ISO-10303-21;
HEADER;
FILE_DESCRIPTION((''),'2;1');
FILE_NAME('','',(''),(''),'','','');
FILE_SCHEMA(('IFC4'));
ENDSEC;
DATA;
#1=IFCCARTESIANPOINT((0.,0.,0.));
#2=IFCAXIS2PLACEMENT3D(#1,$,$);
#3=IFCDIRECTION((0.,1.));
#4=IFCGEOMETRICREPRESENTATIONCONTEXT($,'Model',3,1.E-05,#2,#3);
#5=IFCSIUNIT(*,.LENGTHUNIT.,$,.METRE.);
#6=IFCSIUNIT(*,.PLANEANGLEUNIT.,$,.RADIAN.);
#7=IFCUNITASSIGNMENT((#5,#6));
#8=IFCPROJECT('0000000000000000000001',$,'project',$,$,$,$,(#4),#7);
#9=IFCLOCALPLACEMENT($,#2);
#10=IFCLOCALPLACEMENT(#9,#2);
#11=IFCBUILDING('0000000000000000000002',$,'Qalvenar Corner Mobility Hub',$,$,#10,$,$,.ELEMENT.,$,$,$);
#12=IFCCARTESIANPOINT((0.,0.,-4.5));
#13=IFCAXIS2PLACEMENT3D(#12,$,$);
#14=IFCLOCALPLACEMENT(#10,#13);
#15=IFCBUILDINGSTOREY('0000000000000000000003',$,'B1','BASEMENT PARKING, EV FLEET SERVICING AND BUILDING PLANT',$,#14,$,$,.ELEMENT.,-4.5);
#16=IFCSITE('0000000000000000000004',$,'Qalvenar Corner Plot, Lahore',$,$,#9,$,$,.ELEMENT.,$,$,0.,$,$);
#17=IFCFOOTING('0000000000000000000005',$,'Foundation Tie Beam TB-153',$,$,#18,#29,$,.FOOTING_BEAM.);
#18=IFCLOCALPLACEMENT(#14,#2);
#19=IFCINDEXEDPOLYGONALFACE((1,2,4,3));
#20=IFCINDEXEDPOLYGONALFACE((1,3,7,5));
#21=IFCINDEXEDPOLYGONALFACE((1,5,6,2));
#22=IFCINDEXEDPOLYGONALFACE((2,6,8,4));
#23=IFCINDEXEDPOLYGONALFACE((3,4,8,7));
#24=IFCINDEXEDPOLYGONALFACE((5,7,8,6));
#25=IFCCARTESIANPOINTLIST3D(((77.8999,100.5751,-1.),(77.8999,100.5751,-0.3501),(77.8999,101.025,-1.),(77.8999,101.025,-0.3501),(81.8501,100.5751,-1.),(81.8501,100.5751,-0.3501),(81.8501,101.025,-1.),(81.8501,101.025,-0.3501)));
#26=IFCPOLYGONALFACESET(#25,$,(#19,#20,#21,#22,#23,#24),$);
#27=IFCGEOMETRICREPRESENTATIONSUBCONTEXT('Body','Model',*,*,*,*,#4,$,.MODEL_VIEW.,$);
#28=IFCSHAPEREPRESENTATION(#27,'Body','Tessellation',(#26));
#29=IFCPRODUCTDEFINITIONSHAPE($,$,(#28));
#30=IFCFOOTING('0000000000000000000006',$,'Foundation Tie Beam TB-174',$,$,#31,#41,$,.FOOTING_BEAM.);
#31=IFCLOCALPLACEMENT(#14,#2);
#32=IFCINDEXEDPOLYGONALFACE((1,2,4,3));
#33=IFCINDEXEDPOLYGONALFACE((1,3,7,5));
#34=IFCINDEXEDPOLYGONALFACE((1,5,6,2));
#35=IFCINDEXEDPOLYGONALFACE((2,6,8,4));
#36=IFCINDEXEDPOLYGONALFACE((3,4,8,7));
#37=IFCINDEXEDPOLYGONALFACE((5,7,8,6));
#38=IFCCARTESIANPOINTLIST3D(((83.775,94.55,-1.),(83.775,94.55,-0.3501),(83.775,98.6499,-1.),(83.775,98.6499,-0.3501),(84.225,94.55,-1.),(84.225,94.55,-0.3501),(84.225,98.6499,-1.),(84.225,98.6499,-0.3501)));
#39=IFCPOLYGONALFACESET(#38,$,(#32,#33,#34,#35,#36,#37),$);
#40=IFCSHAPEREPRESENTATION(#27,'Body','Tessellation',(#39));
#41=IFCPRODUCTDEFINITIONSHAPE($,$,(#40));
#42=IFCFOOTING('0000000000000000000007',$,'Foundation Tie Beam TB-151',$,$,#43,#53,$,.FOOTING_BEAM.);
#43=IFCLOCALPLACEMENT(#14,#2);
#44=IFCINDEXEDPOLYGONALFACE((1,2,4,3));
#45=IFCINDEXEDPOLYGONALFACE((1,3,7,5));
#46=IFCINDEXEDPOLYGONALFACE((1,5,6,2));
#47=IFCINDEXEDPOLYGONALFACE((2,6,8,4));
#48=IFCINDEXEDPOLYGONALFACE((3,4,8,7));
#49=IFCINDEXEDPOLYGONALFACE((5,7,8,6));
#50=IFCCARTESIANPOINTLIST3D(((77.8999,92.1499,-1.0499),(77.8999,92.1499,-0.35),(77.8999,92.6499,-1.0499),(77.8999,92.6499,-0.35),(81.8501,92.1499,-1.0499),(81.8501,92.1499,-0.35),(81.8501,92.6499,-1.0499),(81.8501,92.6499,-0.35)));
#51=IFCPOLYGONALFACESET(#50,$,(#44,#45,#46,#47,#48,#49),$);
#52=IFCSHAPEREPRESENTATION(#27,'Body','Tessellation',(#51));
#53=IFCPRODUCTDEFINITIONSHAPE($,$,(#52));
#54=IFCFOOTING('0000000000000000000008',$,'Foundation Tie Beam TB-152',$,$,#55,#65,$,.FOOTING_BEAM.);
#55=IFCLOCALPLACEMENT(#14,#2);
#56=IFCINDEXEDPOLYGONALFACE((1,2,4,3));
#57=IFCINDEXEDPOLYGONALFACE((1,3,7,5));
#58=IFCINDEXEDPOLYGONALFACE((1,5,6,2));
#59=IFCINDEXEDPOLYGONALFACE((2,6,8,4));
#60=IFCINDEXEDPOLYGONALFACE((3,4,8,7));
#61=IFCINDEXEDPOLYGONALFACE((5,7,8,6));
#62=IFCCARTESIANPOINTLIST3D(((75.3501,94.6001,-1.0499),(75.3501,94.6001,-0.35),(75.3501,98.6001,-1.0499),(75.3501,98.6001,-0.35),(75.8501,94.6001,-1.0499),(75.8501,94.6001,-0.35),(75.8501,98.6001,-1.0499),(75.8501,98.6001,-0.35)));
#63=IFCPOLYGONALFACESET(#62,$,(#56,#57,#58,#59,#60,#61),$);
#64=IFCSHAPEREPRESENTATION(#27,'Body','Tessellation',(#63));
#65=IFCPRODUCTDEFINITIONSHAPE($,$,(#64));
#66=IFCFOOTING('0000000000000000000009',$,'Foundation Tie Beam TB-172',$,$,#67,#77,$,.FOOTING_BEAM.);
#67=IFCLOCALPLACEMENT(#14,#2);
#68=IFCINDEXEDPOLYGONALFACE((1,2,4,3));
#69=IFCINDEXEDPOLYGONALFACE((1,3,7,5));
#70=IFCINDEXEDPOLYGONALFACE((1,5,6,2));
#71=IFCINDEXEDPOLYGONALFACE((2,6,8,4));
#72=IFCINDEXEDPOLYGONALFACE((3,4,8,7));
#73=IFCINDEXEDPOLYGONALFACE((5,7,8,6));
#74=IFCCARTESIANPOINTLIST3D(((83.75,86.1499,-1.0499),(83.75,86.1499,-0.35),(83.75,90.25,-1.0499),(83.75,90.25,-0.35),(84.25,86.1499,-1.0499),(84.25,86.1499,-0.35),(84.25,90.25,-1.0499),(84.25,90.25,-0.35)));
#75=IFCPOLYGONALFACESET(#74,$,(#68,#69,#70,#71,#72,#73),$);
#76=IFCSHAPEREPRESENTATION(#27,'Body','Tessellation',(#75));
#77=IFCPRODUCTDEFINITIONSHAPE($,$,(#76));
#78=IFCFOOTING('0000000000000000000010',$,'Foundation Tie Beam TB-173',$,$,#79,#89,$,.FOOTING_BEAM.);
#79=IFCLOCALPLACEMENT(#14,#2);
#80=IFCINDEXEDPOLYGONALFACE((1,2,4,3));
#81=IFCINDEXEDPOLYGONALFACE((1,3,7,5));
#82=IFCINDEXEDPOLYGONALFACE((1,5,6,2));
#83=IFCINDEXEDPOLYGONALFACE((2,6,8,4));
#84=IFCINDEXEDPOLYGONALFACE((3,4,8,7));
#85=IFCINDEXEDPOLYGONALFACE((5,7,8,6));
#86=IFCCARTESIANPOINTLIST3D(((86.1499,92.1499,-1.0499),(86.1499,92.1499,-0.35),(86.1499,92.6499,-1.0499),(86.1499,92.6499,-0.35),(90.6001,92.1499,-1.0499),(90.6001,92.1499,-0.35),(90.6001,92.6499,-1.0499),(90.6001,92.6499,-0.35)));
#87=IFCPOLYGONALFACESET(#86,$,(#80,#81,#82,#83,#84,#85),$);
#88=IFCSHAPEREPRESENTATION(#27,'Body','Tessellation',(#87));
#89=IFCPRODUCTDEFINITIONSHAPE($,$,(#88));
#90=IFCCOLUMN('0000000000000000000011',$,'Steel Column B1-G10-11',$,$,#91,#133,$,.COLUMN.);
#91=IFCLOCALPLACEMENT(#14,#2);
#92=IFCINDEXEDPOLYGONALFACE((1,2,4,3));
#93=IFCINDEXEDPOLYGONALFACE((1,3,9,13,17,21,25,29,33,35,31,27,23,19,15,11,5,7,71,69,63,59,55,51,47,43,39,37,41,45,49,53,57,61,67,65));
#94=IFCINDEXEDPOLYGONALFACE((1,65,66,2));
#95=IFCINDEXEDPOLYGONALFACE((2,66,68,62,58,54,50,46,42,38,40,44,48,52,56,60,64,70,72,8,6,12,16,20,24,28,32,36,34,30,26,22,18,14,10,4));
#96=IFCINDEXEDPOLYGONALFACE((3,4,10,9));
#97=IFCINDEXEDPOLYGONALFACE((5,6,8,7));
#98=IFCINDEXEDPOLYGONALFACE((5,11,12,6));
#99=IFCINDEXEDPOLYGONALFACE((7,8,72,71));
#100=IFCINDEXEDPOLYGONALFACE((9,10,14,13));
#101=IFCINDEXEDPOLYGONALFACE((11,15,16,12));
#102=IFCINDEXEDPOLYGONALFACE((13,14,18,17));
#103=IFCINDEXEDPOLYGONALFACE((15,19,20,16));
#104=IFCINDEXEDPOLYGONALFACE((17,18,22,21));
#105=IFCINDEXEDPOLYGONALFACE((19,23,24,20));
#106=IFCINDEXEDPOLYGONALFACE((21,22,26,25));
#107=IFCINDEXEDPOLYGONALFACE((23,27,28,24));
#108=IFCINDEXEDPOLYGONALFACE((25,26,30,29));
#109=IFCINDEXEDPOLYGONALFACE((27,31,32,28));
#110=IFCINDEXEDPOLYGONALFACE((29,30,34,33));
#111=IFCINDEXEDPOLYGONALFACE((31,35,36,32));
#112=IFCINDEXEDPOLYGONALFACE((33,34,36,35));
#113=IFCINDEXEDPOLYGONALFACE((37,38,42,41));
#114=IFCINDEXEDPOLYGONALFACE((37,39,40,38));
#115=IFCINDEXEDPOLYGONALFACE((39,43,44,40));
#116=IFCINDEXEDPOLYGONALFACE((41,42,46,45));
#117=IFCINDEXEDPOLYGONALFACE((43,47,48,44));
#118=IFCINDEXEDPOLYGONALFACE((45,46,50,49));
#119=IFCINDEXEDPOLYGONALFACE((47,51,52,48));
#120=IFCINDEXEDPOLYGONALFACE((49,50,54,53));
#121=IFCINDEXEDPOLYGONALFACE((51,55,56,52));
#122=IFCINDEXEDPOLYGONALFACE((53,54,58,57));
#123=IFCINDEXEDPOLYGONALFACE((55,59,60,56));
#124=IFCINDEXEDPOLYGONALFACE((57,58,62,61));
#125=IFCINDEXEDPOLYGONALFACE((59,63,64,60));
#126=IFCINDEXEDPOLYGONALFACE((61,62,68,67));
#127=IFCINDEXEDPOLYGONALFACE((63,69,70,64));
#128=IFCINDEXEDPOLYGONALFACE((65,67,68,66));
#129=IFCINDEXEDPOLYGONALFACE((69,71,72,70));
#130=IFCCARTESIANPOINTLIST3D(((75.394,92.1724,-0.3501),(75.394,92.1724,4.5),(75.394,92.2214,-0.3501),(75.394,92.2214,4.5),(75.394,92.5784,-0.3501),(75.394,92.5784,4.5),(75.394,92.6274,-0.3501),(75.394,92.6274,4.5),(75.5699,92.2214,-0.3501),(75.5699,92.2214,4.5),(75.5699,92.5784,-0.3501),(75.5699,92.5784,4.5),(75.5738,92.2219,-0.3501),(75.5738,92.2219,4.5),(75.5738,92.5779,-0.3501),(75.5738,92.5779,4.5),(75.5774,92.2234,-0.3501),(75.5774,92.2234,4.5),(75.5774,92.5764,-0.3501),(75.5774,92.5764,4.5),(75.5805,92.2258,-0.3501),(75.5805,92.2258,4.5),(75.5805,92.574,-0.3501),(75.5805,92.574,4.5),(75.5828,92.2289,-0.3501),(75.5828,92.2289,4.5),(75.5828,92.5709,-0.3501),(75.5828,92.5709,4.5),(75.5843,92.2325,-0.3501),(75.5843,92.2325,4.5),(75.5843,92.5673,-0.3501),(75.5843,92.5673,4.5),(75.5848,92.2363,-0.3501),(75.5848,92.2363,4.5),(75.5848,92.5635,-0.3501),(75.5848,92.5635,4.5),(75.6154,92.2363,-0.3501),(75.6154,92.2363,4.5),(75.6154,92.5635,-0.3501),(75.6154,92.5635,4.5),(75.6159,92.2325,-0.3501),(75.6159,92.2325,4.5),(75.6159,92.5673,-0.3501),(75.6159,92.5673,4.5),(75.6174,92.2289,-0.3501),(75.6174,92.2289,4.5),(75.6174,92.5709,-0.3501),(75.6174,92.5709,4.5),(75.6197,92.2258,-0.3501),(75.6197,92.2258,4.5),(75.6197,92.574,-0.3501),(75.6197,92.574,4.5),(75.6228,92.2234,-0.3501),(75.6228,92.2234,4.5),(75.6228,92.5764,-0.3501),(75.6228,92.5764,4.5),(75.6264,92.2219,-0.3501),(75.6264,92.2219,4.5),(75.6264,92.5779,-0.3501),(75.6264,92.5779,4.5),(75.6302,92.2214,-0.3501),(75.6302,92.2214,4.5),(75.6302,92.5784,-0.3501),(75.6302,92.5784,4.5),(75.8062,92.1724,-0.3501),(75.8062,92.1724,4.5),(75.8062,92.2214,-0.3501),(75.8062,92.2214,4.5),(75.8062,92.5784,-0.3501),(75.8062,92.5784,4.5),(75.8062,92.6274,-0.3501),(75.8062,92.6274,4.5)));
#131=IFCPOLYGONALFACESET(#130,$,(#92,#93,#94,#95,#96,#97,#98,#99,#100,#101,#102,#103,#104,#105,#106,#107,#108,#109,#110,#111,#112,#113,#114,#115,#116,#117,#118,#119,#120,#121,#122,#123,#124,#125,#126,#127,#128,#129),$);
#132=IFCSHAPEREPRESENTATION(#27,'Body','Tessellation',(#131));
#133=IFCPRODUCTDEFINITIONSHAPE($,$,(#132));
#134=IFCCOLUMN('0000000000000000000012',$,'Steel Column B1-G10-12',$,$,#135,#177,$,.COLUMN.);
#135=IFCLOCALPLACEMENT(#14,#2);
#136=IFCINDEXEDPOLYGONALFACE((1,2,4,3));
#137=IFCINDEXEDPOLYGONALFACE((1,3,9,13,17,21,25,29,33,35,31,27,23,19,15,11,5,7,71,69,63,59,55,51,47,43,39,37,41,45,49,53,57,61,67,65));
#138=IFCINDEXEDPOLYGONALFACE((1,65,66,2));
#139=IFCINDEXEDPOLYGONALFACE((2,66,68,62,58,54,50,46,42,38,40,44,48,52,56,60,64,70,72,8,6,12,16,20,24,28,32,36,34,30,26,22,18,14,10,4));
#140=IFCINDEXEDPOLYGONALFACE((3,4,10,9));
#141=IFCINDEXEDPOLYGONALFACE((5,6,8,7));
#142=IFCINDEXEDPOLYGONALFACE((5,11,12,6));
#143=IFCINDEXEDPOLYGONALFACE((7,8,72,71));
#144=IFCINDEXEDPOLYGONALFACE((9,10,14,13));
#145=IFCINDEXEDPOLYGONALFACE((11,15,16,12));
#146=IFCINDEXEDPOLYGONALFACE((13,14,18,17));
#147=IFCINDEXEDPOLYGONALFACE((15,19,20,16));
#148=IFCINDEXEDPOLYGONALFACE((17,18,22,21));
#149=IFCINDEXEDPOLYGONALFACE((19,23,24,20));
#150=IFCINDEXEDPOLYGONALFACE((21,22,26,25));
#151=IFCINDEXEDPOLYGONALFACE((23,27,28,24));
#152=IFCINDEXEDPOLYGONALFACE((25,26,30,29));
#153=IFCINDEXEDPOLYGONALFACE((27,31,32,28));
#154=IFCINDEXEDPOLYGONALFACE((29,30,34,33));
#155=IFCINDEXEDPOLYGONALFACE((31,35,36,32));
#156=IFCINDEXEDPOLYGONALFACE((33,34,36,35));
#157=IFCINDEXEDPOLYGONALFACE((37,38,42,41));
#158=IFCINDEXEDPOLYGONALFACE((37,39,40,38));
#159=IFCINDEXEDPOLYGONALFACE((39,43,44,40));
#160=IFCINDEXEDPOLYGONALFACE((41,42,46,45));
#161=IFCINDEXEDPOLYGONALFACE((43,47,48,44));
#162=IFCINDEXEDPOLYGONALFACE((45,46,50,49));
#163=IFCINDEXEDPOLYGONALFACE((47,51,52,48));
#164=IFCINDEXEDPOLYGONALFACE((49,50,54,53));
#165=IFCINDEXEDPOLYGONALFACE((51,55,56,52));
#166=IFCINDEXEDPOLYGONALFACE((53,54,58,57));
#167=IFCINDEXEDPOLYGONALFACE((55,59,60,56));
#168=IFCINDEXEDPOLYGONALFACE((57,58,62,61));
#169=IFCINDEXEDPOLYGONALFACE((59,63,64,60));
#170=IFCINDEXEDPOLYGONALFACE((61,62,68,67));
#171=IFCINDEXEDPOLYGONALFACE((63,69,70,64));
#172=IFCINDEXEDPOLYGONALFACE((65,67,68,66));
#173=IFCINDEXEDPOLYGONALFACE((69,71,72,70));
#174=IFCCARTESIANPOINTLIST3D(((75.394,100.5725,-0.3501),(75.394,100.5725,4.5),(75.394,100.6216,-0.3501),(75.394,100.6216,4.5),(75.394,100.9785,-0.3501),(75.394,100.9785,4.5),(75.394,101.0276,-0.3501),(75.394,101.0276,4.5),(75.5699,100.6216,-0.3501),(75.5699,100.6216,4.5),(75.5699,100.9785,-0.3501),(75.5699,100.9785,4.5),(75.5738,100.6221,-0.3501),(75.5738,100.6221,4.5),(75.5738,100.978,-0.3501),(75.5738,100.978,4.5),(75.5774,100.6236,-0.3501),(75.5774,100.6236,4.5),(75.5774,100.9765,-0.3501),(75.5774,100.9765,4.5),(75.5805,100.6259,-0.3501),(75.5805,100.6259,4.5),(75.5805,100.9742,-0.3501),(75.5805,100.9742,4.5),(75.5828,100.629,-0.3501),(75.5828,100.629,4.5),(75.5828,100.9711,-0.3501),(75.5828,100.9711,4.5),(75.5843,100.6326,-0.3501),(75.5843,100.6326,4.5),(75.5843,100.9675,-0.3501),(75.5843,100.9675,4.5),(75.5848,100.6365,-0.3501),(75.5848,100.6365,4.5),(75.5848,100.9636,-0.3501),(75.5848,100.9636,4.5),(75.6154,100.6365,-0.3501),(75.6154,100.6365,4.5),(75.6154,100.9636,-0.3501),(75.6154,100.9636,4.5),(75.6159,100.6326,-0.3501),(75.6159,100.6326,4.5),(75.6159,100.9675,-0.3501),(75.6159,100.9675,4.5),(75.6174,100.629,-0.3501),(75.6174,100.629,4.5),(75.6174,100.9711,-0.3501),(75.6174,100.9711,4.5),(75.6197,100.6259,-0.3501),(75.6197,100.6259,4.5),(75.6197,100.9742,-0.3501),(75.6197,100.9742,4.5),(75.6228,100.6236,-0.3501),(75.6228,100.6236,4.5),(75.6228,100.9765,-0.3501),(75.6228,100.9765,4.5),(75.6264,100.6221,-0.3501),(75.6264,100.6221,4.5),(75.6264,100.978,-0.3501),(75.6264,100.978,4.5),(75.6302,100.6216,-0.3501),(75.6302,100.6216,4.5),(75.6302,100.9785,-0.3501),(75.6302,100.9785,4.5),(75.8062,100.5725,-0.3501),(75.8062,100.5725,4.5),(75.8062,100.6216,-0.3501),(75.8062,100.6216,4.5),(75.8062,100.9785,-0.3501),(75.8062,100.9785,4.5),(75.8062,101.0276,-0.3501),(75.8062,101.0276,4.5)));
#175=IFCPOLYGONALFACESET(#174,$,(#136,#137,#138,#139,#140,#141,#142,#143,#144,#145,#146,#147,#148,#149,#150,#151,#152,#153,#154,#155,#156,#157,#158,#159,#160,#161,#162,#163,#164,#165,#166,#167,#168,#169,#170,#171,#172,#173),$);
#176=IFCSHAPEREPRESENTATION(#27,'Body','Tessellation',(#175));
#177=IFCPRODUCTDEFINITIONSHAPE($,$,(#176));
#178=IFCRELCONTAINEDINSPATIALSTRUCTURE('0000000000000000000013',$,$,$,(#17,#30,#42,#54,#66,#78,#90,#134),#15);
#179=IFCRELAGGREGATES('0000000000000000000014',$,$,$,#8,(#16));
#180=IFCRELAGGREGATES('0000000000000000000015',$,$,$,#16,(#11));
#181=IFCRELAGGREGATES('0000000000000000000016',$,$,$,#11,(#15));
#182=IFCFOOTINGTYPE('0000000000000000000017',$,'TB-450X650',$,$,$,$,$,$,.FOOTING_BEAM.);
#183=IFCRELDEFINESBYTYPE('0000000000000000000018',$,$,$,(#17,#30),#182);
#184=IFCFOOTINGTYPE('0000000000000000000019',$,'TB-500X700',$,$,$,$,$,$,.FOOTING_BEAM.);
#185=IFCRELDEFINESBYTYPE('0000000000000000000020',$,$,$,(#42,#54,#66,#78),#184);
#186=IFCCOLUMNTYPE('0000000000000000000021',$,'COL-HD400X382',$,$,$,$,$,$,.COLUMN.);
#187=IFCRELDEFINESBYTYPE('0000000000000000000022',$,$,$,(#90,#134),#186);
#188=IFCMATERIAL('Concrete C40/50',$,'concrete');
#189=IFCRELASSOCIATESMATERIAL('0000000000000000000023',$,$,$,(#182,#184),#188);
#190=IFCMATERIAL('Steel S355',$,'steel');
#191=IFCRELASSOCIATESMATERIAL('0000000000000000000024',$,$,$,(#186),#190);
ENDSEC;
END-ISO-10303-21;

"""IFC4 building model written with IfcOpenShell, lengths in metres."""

from ifc_helpers import new_model, si_unit, direction, frame, origin, origin_2d, place, context, subcontext, project, spatial, rectangle, i_section, extrude, material, material_profile, profile_set, type_object, element, save


model = new_model("IFC4")

# Units and contexts
model_context = context("Model", 3, precision=1e-05, world=origin(), true_north=direction((0.0, 1.0)))
body_context = subcontext(model_context, "Body", "Model", "MODEL_VIEW")
ifc_project = project(units=[si_unit("LENGTHUNIT", "METRE"), si_unit("PLANEANGLEUNIT", "RADIAN")], contexts=[model_context])

# Site, building, storey
site_placement = place(None, origin())
site = spatial("IfcSite", under=ifc_project, at=site_placement, Name="Qalvenar Corner Plot, Lahore", CompositionType="ELEMENT", RefElevation=0.0)
building_placement = place(site_placement, origin())
building = spatial("IfcBuilding", under=site, at=building_placement, Name="Qalvenar Corner Mobility Hub", CompositionType="ELEMENT")
storey_placement = place(building_placement, frame((0.0, 0.0, -4.5)))
storey = spatial("IfcBuildingStorey", under=building, at=storey_placement, Name="B1", Description="BASEMENT PARKING, EV FLEET SERVICING AND BUILDING PLANT", CompositionType="ELEMENT", Elevation=-4.5)

# Shared definitions
ifc_material_1 = material(Name="Concrete C40/50", Category="concrete")

# Footings
ifc_material_profile_1 = material_profile(ifc_material_1, rectangle(XDim=0.45, YDim=0.6499, at=origin_2d()), Name="RC450x650")
ifc_profile_set_1 = profile_set([ifc_material_profile_1], Name="Concrete C40/50")
footing_type_1 = type_object("IfcFootingType", Name="TB-450X650", PredefinedType="FOOTING_BEAM", material=ifc_profile_set_1)
footing_1_placement = place(storey_placement, frame((77.8999, 100.8, -0.675), z_axis=(1.0, 0.0, 0.0), x_axis=(0.0, 1.0, 0.0)))
element("IfcFooting", 1, at=footing_1_placement, inside=storey, type_object=footing_type_1, Name="Foundation Tie Beam TB-153", PredefinedType="FOOTING_BEAM", context=body_context, shape_type="SweptSolid", body=[
    extrude(rectangle(XDim=0.45, YDim=0.6499, at=origin_2d()), origin(), (0.0, 0.0, 1.0), 3.9502),
])
footing_2_placement = place(storey_placement, frame((84.0, 94.55, -0.675), z_axis=(0.0, 1.0, 0.0), x_axis=(-1.0, 0.0, 0.0)))
element("IfcFooting", 2, at=footing_2_placement, inside=storey, type_object=footing_type_1, Name="Foundation Tie Beam TB-174", PredefinedType="FOOTING_BEAM", context=body_context, shape_type="SweptSolid", body=[
    extrude(rectangle(XDim=0.45, YDim=0.6499, at=origin_2d()), origin(), (0.0, 0.0, 1.0), 4.0999),
])
ifc_material_profile_2 = material_profile(ifc_material_1, rectangle(XDim=0.5, YDim=0.7, at=origin_2d()), Name="RC500x700")
ifc_profile_set_2 = profile_set([ifc_material_profile_2], Name="Concrete C40/50")
footing_type_2 = type_object("IfcFootingType", Name="TB-500X700", PredefinedType="FOOTING_BEAM", material=ifc_profile_set_2)
footing_3_placement = place(storey_placement, frame((77.8999, 92.3999, -0.7), z_axis=(1.0, 0.0, 0.0), x_axis=(0.0, 1.0, 0.0)))
element("IfcFooting", 3, at=footing_3_placement, inside=storey, type_object=footing_type_2, Name="Foundation Tie Beam TB-151", PredefinedType="FOOTING_BEAM", context=body_context, shape_type="SweptSolid", body=[
    extrude(rectangle(XDim=0.5, YDim=0.7, at=origin_2d()), origin(), (0.0, 0.0, 1.0), 3.9502),
])
footing_4_placement = place(storey_placement, frame((75.6001, 94.6001, -0.7), z_axis=(0.0, 1.0, 0.0), x_axis=(-1.0, 0.0, 0.0)))
element("IfcFooting", 4, at=footing_4_placement, inside=storey, type_object=footing_type_2, Name="Foundation Tie Beam TB-152", PredefinedType="FOOTING_BEAM", context=body_context, shape_type="SweptSolid", body=[
    extrude(rectangle(XDim=0.5, YDim=0.7, at=origin_2d()), origin(), (0.0, 0.0, 1.0), 4.0),
])
footing_5_placement = place(storey_placement, frame((84.0, 86.1499, -0.7), z_axis=(0.0, 1.0, 0.0), x_axis=(-1.0, 0.0, 0.0)))
element("IfcFooting", 5, at=footing_5_placement, inside=storey, type_object=footing_type_2, Name="Foundation Tie Beam TB-172", PredefinedType="FOOTING_BEAM", context=body_context, shape_type="SweptSolid", body=[
    extrude(rectangle(XDim=0.5, YDim=0.7, at=origin_2d()), origin(), (0.0, 0.0, 1.0), 4.1001),
])
footing_6_placement = place(storey_placement, frame((86.1499, 92.3999, -0.7), z_axis=(1.0, 0.0, 0.0), x_axis=(0.0, 1.0, 0.0)))
element("IfcFooting", 6, at=footing_6_placement, inside=storey, type_object=footing_type_2, Name="Foundation Tie Beam TB-173", PredefinedType="FOOTING_BEAM", context=body_context, shape_type="SweptSolid", body=[
    extrude(rectangle(XDim=0.5, YDim=0.7, at=origin_2d()), origin(), (0.0, 0.0, 1.0), 4.4502),
])

# Columns
ifc_material_2 = material(Name="Steel S355", Category="steel")
ifc_material_profile_3 = material_profile(ifc_material_2, i_section(OverallWidth=0.4121, OverallDepth=0.4551, WebThickness=0.0305, FlangeThickness=0.0491, FilletRadius=0.0149, at=origin_2d()), Name="HD400x421")
ifc_profile_set_3 = profile_set([ifc_material_profile_3], Name="Steel S355")
column_type_1 = type_object("IfcColumnType", Name="COL-HD400X382", PredefinedType="COLUMN", material=ifc_profile_set_3)
for number, where, z_axis, x_axis, name in (
    (7, (75.6001, 92.3999, -0.3501), (0.0, 0.0, 1.0), (1.0, 0.0, 0.0), "Steel Column B1-G10-11"),
    (8, (75.6001, 100.8, -0.3501), (0.0, 0.0, 1.0), (1.0, 0.0, 0.0), "Steel Column B1-G10-12"),
):
    element("IfcColumn", number, at=place(storey_placement, frame(where, z_axis=z_axis, x_axis=x_axis)), inside=storey, type_object=column_type_1, Name=name, PredefinedType="COLUMN", context=body_context, shape_type="SweptSolid", body=[
        extrude(i_section(OverallWidth=0.4121, OverallDepth=0.4551, WebThickness=0.0305, FlangeThickness=0.0491, FilletRadius=0.0149, at=origin_2d()), origin(), (0.0, 0.0, 1.0), 4.8501),
    ])

save(model, "model.ifc")
